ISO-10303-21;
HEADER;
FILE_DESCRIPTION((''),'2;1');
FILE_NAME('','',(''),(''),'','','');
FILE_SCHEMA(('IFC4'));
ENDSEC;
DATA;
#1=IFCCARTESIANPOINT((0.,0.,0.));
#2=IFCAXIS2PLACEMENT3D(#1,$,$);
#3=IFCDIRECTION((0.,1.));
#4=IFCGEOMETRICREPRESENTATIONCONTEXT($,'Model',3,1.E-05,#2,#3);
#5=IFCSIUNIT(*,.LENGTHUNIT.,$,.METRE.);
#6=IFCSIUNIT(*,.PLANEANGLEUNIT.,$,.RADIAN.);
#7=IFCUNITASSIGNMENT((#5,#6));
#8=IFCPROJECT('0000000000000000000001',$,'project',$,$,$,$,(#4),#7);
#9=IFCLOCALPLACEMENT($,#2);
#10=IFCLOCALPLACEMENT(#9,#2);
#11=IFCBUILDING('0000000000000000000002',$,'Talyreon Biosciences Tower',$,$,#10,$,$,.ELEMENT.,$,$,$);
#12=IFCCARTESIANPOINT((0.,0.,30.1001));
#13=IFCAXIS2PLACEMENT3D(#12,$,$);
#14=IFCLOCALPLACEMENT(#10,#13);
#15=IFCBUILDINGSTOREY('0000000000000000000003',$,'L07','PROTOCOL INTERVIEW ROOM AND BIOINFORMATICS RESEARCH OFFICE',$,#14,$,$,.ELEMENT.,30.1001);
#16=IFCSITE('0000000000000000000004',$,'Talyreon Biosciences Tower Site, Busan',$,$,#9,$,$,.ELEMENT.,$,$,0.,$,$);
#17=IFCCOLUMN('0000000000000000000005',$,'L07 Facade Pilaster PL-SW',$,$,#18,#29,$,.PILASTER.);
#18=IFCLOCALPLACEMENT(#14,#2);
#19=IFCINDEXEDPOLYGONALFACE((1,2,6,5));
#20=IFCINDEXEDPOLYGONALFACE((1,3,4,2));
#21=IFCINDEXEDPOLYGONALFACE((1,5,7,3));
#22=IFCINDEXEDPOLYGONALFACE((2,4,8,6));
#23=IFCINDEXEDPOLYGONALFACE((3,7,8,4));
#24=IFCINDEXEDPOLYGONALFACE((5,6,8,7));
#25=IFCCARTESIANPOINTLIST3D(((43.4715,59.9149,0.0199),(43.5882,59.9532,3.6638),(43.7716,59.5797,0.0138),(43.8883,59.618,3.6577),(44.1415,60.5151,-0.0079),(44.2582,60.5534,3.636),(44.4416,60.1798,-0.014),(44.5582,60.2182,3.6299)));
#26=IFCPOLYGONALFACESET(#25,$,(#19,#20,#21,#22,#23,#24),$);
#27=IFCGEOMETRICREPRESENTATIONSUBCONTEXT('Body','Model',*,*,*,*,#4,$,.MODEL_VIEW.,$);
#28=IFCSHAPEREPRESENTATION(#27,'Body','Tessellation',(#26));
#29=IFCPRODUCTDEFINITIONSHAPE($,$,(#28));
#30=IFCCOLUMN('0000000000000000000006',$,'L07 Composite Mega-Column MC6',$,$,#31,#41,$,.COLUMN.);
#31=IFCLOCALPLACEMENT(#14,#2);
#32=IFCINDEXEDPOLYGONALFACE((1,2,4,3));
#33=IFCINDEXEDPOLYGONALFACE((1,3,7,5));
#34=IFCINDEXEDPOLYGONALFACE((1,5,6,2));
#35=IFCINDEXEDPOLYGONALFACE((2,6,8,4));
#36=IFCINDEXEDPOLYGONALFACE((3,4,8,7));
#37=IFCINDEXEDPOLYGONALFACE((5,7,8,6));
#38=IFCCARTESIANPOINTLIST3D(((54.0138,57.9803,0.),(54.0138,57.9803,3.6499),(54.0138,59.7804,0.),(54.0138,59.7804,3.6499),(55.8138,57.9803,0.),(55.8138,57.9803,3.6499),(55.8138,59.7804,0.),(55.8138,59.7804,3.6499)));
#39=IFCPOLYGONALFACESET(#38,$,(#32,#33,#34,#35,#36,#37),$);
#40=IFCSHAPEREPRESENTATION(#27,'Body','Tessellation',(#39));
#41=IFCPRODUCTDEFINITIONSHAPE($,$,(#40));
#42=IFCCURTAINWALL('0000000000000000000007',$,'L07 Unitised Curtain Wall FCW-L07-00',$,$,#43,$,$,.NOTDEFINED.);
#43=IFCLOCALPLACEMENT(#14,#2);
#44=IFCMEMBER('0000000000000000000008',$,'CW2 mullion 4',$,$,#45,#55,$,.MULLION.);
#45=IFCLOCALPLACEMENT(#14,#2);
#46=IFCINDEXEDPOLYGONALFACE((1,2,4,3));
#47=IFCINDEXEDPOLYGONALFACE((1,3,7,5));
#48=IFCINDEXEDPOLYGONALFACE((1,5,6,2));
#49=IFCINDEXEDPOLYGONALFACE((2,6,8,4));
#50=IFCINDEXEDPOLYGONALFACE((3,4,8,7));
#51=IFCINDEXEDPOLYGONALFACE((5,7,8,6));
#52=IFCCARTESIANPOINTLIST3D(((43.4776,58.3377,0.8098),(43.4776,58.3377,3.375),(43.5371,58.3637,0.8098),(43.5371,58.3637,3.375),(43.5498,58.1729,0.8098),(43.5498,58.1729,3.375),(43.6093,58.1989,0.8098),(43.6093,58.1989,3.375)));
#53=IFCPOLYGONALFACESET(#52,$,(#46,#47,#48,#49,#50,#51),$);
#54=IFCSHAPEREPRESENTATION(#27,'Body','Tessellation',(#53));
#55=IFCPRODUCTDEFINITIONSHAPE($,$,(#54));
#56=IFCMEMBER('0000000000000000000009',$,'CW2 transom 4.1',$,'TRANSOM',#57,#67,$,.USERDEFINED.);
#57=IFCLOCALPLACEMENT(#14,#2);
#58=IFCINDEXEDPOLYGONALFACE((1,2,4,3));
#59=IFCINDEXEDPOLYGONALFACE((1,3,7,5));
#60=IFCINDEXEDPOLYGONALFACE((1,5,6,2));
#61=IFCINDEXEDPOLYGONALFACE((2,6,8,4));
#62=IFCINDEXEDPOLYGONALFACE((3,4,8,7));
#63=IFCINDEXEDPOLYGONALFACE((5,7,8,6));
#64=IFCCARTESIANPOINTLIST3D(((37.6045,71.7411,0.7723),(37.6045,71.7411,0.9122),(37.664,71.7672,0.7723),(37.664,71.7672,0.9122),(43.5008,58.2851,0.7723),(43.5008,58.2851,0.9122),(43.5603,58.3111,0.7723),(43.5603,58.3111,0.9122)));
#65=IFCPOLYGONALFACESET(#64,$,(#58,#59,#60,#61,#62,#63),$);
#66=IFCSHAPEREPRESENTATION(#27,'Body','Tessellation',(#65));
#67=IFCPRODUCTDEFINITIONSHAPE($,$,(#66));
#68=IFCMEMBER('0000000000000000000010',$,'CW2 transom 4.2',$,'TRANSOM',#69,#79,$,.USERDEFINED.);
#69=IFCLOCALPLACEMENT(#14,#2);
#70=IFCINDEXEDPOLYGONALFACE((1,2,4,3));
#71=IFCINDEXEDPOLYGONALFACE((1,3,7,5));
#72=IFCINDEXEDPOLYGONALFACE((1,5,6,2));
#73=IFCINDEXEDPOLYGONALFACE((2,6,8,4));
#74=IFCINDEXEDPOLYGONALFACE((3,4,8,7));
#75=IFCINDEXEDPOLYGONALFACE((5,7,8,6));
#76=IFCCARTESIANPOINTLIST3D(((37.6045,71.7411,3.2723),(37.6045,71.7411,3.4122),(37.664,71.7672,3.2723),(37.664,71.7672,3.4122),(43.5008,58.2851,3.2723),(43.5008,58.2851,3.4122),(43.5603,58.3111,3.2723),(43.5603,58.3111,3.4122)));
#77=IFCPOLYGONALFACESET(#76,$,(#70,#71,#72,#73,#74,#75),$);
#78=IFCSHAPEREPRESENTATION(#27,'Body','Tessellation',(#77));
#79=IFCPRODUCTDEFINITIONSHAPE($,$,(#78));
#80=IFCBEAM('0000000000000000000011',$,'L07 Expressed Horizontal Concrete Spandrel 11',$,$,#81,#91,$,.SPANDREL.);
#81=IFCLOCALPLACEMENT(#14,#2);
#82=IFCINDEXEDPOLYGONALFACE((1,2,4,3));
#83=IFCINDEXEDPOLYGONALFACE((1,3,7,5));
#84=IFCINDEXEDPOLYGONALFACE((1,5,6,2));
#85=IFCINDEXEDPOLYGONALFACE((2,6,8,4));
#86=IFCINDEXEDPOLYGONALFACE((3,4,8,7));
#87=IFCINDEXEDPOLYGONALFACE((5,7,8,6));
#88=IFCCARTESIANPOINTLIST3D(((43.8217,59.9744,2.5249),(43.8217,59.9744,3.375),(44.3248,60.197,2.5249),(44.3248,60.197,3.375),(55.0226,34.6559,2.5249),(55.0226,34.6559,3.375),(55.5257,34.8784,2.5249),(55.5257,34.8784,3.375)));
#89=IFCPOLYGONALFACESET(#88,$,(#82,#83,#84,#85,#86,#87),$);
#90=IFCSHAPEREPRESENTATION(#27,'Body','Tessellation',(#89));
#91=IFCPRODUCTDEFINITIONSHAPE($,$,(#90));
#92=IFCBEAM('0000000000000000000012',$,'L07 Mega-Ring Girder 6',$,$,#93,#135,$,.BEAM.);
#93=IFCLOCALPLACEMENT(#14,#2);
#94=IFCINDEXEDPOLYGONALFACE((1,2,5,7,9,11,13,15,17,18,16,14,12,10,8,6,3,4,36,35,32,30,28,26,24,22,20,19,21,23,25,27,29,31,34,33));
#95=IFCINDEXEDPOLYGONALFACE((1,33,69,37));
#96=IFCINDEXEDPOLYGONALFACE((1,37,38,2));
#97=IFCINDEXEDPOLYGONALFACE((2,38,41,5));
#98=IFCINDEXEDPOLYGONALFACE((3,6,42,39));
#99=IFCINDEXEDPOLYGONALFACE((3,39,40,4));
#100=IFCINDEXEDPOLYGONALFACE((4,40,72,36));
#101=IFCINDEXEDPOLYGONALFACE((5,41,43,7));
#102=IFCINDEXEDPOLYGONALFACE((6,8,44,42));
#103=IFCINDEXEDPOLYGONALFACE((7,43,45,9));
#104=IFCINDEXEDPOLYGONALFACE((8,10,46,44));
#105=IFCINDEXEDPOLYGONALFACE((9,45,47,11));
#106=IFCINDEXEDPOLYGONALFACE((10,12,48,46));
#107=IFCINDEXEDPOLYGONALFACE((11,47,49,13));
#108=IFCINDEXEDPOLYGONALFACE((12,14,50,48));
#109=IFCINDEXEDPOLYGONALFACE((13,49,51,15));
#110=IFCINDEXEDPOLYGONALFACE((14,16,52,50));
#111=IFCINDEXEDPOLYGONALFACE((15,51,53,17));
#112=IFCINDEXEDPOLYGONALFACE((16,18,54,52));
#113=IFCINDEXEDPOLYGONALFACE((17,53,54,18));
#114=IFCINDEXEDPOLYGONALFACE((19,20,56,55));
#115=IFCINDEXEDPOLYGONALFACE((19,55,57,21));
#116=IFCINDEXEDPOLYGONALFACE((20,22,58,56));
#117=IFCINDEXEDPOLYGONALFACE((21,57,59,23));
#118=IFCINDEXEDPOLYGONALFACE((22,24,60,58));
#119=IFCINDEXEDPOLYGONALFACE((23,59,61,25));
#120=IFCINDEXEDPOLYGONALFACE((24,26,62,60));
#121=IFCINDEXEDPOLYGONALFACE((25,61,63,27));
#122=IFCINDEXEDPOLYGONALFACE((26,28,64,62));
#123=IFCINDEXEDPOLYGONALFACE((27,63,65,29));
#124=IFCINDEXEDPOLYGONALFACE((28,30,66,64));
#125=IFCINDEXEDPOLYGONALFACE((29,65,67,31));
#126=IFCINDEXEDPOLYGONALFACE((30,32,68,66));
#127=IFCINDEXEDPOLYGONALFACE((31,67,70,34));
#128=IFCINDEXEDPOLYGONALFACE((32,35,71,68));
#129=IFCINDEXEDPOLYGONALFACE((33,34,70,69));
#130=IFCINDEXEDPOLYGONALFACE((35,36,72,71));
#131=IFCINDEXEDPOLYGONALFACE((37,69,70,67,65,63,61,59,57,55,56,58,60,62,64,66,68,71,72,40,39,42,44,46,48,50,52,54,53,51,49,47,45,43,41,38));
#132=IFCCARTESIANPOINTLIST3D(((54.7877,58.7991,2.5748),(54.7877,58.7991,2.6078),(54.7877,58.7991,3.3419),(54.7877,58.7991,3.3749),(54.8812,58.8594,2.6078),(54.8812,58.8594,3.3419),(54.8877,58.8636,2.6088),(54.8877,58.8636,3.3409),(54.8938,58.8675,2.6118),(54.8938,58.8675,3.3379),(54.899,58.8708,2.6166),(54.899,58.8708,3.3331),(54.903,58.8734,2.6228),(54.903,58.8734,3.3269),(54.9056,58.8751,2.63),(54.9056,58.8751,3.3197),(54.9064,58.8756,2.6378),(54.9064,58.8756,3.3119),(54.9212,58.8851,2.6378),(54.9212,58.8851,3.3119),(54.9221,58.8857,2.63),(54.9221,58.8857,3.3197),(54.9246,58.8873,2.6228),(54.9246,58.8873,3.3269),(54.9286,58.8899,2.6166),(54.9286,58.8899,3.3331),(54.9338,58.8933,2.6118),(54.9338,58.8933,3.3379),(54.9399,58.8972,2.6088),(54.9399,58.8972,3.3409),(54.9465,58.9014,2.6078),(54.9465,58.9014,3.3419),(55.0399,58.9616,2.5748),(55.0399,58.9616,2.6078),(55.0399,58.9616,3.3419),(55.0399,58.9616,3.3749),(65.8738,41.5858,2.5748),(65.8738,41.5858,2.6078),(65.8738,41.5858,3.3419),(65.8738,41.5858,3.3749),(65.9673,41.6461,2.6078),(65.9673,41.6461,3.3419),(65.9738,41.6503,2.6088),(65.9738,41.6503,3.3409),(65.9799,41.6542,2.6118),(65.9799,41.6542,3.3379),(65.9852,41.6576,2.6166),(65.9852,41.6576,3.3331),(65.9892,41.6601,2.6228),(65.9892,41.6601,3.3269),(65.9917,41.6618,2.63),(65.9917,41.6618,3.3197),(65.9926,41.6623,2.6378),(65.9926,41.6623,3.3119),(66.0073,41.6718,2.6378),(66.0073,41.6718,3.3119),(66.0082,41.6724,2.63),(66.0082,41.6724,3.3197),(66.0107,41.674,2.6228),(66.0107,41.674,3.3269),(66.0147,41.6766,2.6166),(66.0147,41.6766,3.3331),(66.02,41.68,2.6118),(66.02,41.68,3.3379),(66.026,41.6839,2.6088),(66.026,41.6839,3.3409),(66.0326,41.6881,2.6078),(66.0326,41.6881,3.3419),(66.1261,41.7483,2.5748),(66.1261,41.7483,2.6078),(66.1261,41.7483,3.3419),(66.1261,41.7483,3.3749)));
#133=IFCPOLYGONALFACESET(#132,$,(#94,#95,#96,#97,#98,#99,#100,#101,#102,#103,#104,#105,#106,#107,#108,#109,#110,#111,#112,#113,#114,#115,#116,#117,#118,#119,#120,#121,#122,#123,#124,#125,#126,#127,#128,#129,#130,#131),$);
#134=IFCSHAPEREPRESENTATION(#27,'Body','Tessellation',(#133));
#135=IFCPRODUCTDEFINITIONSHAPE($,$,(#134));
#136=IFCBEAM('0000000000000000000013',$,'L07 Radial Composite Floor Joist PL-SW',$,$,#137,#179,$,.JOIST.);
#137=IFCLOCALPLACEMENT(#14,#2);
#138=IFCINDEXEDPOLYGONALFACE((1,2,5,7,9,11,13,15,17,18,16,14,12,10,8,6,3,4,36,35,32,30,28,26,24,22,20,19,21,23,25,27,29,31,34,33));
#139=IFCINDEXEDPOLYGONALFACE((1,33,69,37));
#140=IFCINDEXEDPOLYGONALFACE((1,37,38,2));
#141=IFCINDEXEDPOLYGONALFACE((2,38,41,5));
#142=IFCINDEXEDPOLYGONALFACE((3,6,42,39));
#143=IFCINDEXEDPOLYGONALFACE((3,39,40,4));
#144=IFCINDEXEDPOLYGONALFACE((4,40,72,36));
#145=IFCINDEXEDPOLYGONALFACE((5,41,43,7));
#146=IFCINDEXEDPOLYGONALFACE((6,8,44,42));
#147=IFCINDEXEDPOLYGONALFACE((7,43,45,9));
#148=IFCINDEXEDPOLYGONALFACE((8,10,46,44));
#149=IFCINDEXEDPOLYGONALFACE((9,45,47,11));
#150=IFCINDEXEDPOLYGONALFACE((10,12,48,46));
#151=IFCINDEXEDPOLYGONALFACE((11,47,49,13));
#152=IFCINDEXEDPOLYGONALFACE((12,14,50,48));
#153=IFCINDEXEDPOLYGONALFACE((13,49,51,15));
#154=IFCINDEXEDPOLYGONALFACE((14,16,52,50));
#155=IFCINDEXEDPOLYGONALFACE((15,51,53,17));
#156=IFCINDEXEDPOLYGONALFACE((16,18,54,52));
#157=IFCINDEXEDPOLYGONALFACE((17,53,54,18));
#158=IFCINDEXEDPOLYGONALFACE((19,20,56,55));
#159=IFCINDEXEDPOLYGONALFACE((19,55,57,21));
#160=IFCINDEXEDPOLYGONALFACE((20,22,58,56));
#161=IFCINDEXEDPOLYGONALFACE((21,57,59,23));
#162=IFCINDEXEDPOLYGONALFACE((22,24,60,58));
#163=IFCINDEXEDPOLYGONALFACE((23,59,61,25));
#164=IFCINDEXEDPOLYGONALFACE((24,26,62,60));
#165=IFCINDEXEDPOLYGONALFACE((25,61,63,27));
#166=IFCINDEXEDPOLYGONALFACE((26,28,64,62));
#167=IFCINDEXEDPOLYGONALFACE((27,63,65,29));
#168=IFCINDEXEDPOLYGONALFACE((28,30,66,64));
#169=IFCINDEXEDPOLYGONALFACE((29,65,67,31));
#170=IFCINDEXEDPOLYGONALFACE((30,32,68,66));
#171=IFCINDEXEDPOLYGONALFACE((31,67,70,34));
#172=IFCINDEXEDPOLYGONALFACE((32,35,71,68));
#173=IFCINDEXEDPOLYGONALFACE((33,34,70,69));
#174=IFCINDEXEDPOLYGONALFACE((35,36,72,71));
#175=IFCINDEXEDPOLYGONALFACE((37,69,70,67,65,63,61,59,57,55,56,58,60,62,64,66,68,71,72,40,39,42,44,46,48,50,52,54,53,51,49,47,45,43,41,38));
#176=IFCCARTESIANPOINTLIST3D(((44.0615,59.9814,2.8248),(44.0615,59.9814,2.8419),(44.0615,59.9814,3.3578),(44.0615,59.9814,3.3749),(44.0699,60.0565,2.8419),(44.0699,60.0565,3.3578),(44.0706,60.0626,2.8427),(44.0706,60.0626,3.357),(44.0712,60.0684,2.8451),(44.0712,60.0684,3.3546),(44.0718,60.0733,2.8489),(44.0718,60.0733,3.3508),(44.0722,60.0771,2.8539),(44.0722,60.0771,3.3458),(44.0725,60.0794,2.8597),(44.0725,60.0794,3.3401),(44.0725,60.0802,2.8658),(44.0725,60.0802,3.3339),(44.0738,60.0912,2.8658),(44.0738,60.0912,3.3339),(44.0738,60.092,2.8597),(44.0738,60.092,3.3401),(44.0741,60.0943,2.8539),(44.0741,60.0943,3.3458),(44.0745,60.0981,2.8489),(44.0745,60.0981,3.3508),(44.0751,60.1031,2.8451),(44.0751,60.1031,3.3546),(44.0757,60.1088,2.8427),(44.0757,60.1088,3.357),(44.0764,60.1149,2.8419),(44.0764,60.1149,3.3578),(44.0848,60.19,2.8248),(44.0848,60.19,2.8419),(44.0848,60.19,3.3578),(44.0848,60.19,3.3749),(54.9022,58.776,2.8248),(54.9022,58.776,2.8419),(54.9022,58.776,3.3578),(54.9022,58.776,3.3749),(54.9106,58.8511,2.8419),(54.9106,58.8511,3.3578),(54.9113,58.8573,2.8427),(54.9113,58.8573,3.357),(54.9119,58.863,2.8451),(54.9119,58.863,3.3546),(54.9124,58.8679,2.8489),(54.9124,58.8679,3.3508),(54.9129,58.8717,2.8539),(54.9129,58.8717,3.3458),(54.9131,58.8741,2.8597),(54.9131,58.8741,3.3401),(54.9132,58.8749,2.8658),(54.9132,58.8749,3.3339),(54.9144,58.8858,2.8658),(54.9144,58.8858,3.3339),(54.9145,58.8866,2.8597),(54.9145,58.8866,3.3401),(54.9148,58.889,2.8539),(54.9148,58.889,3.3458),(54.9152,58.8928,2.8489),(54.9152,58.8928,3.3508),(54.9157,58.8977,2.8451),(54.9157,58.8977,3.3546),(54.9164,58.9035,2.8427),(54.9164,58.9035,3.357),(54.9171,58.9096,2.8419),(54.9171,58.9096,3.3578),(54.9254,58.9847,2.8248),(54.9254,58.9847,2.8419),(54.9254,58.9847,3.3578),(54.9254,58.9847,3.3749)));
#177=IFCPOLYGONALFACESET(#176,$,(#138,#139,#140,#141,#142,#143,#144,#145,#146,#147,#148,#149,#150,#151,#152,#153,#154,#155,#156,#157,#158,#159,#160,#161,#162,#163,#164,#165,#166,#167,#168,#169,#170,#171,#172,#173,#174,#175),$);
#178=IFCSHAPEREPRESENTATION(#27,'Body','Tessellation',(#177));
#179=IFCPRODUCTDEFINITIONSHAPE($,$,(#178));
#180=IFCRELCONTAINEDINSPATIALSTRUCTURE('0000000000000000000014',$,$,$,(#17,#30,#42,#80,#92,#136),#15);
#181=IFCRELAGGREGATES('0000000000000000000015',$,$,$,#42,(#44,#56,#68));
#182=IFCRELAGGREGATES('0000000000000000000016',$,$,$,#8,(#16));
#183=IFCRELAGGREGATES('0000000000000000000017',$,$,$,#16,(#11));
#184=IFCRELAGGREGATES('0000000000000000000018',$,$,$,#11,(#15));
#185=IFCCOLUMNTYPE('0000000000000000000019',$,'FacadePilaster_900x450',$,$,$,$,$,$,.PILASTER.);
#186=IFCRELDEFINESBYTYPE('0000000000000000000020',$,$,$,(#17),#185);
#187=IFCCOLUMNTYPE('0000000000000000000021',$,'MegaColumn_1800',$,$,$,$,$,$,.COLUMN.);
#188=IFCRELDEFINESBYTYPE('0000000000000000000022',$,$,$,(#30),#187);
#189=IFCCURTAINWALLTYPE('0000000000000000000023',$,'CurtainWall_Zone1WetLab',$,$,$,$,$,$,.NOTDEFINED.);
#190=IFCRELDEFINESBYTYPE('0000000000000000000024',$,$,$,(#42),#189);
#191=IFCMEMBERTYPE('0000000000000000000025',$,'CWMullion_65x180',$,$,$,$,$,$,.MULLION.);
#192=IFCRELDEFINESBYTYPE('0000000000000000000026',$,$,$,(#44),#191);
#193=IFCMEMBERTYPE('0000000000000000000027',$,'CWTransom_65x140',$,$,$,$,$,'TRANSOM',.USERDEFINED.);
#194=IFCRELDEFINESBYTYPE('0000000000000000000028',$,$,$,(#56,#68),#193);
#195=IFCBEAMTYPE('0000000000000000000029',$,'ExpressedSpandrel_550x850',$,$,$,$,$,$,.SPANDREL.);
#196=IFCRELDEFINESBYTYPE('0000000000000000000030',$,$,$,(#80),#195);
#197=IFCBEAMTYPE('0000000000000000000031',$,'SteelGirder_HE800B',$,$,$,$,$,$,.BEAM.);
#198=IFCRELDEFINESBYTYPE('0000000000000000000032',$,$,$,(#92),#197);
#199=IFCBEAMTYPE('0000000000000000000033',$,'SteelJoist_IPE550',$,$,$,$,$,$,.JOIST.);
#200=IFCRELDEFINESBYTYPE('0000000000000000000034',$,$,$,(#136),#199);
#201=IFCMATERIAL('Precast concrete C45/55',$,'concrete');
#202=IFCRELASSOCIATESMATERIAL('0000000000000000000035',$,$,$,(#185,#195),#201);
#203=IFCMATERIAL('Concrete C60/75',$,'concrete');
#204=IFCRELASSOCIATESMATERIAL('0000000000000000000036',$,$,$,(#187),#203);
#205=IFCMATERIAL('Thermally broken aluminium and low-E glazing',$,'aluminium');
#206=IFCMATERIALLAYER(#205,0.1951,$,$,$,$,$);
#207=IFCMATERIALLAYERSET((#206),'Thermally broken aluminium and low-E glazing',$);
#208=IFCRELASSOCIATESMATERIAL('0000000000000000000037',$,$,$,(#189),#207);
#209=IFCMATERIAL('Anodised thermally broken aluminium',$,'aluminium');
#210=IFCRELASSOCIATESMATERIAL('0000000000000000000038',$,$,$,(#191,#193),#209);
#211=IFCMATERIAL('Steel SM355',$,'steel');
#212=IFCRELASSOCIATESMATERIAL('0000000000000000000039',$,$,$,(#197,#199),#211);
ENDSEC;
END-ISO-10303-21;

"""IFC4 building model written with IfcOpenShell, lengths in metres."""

from ifc_helpers import new_model, si_unit, direction, frame, origin, origin_2d, place, context, subcontext, project, spatial, rectangle, i_section, extrude, material, layer, layer_set, material_profile, profile_set, type_object, element, aggregate, save


model = new_model("IFC4")

# Units and contexts
model_context = context("Model", 3, precision=1e-05, world=origin(), true_north=direction((0.0, 1.0)))
body_context = subcontext(model_context, "Body", "Model", "MODEL_VIEW")
ifc_project = project(units=[si_unit("LENGTHUNIT", "METRE"), si_unit("PLANEANGLEUNIT", "RADIAN")], contexts=[model_context])

# Site, building, storey
site_placement = place(None, origin())
site = spatial("IfcSite", under=ifc_project, at=site_placement, Name="Talyreon Biosciences Tower Site, Busan", CompositionType="ELEMENT", RefElevation=0.0)
building_placement = place(site_placement, origin())
building = spatial("IfcBuilding", under=site, at=building_placement, Name="Talyreon Biosciences Tower", CompositionType="ELEMENT")
storey_placement = place(building_placement, frame((0.0, 0.0, 30.1001)))
storey = spatial("IfcBuildingStorey", under=building, at=storey_placement, Name="L07", Description="PROTOCOL INTERVIEW ROOM AND BIOINFORMATICS RESEARCH OFFICE", CompositionType="ELEMENT", Elevation=30.1001)

# Columns
ifc_material_1 = material(Name="Precast concrete C45/55", Category="concrete")
ifc_material_profile_1 = material_profile(ifc_material_1, rectangle(XDim=0.8999, YDim=0.45, at=origin_2d()), Name="RC 900x450")
ifc_profile_set_1 = profile_set([ifc_material_profile_1], Name="Precast concrete C45/55")
column_type_1 = type_object("IfcColumnType", Name="FacadePilaster_900x450", PredefinedType="PILASTER", material=ifc_profile_set_1)
column_1_placement = place(storey_placement, frame((43.9565, 60.0474, 0.0029), z_axis=(0.032006, 0.010513, 0.999432), x_axis=(0.744483, 0.666928, -0.030857)))
element("IfcColumn", 1, at=column_1_placement, inside=storey, type_object=column_type_1, Name="L07 Facade Pilaster PL-SW", PredefinedType="PILASTER", context=body_context, shape_type="SweptSolid", body=[
    extrude(rectangle(XDim=0.8999, YDim=0.45, at=origin_2d()), origin(), (0.0, 0.0, 1.0), 3.646),
])
ifc_material_2 = material(Name="Concrete C60/75", Category="concrete")
ifc_material_profile_2 = material_profile(ifc_material_2, rectangle(XDim=1.8, YDim=1.8, at=origin_2d()), Name="RC 1800x1800")
ifc_profile_set_2 = profile_set([ifc_material_profile_2], Name="Concrete C60/75")
column_type_2 = type_object("IfcColumnType", Name="MegaColumn_1800", PredefinedType="COLUMN", material=ifc_profile_set_2)
column_2_placement = place(storey_placement, frame((54.9138, 58.8804, 0.0), z_axis=(0.0, 0.0, 1.0), x_axis=(1.0, 0.0, 0.0)))
element("IfcColumn", 2, at=column_2_placement, inside=storey, type_object=column_type_2, Name="L07 Composite Mega-Column MC6", PredefinedType="COLUMN", context=body_context, shape_type="SweptSolid", body=[
    extrude(rectangle(XDim=1.8, YDim=1.8, at=origin_2d()), origin(), (0.0, 0.0, 1.0), 3.6499),
])

# Curtain wall, members
ifc_material_3 = material(Name="Thermally broken aluminium and low-E glazing", Category="aluminium")
ifc_layer_1 = layer(ifc_material_3, 0.1951)
ifc_layer_set_1 = layer_set([ifc_layer_1], Name="Thermally broken aluminium and low-E glazing")
curtain_wall_type = type_object("IfcCurtainWallType", Name="CurtainWall_Zone1WetLab", PredefinedType="NOTDEFINED", material=ifc_layer_set_1)
curtain_wall_placement = place(storey_placement, origin())
curtain_wall = element("IfcCurtainWall", 3, at=curtain_wall_placement, inside=storey, type_object=curtain_wall_type, Name="L07 Unitised Curtain Wall FCW-L07-00", PredefinedType="NOTDEFINED")
ifc_material_4 = material(Name="Anodised thermally broken aluminium", Category="aluminium")
ifc_material_profile_3 = material_profile(ifc_material_4, rectangle(XDim=0.0649, YDim=0.1799, at=origin_2d()), Name="ALUM MULLION 65x180")
ifc_profile_set_3 = profile_set([ifc_material_profile_3], Name="Anodised thermally broken aluminium")
member_type_1 = type_object("IfcMemberType", Name="CWMullion_65x180", PredefinedType="MULLION", material=ifc_profile_set_3)
member_1_placement = place(storey_placement, frame((43.5435, 58.2683, 0.8098), z_axis=(0.0, 0.0, 1.0), x_axis=(-0.915927, -0.401345, 0.0)))
member_1 = element("IfcMember", 4, at=member_1_placement, type_object=member_type_1, Name="CW2 mullion 4", PredefinedType="MULLION", context=body_context, shape_type="SweptSolid", body=[
    extrude(rectangle(XDim=0.0649, YDim=0.1799, at=origin_2d()), origin(), (0.0, 0.0, 1.0), 2.5652),
])
ifc_material_profile_4 = material_profile(ifc_material_4, rectangle(XDim=0.0649, YDim=0.1399, at=origin_2d()), Name="ALUM TRANSOM 65x140")
ifc_profile_set_4 = profile_set([ifc_material_profile_4], Name="Anodised thermally broken aluminium")
member_type_2 = type_object("IfcMemberType", Name="CWTransom_65x140", ElementType="TRANSOM", PredefinedType="USERDEFINED", material=ifc_profile_set_4)
member_2_placement = place(storey_placement, frame((43.5305, 58.2981, 0.8423), z_axis=(-0.401345, 0.915927, 0.0), x_axis=(-0.915927, -0.401345, 0.0)))
member_2 = element("IfcMember", 5, at=member_2_placement, type_object=member_type_2, Name="CW2 transom 4.1", ObjectType="TRANSOM", PredefinedType="USERDEFINED", context=body_context, shape_type="SweptSolid", body=[
    extrude(rectangle(XDim=0.0649, YDim=0.1399, at=origin_2d()), origin(), (0.0, 0.0, 1.0), 14.6912),
])
member_3_placement = place(storey_placement, frame((43.5305, 58.2981, 3.3423), z_axis=(-0.401345, 0.915927, 0.0), x_axis=(-0.915927, -0.401345, 0.0)))
member_3 = element("IfcMember", 6, at=member_3_placement, type_object=member_type_2, Name="CW2 transom 4.2", ObjectType="TRANSOM", PredefinedType="USERDEFINED", context=body_context, shape_type="SweptSolid", body=[
    extrude(rectangle(XDim=0.0649, YDim=0.1399, at=origin_2d()), origin(), (0.0, 0.0, 1.0), 14.6912),
])

# Beams
ifc_material_profile_5 = material_profile(ifc_material_1, rectangle(XDim=0.55, YDim=0.8501, at=origin_2d()), Name="RCB 550x850")
ifc_profile_set_5 = profile_set([ifc_material_profile_5], Name="Precast concrete C45/55")
beam_type_1 = type_object("IfcBeamType", Name="ExpressedSpandrel_550x850", PredefinedType="SPANDREL", material=ifc_profile_set_5)
beam_1_placement = place(storey_placement, frame((44.0732, 60.0857, 2.95), z_axis=(0.404576, -0.914504, 0.0), x_axis=(0.914504, 0.404576, 0.0)))
element("IfcBeam", 7, at=beam_1_placement, inside=storey, type_object=beam_type_1, Name="L07 Expressed Horizontal Concrete Spandrel 11", PredefinedType="SPANDREL", context=body_context, shape_type="SweptSolid", body=[
    extrude(rectangle(XDim=0.55, YDim=0.8501, at=origin_2d()), origin(), (0.0, 0.0, 1.0), 27.6855),
])
ifc_material_5 = material(Name="Steel SM355", Category="steel")
ifc_material_profile_6 = material_profile(ifc_material_5, i_section(OverallWidth=0.3, OverallDepth=0.8, WebThickness=0.0176, FlangeThickness=0.033, FilletRadius=0.03, at=origin_2d()), Name="HE800B")
ifc_profile_set_6 = profile_set([ifc_material_profile_6], Name="Steel SM355")
beam_type_2 = type_object("IfcBeamType", Name="SteelGirder_HE800B", PredefinedType="BEAM", material=ifc_profile_set_6)
beam_2_placement = place(storey_placement, frame((54.9138, 58.8804, 2.9749), z_axis=(0.541464, -0.840724, 0.0), x_axis=(0.840724, 0.541464, 0.0)))
element("IfcBeam", 8, at=beam_2_placement, inside=storey, type_object=beam_type_2, Name="L07 Mega-Ring Girder 6", PredefinedType="BEAM", context=body_context, shape_type="SweptSolid", body=[
    extrude(i_section(OverallWidth=0.3, OverallDepth=0.8, WebThickness=0.0176, FlangeThickness=0.033, FilletRadius=0.03, at=origin_2d()), origin(), (0.0, 0.0, 1.0), 20.4744),
])
ifc_material_profile_7 = material_profile(ifc_material_5, i_section(OverallWidth=0.21, OverallDepth=0.55, WebThickness=0.011, FlangeThickness=0.0171, FilletRadius=0.0239, at=origin_2d()), Name="IPE550")
ifc_profile_set_7 = profile_set([ifc_material_profile_7], Name="Steel SM355")
beam_type_3 = type_object("IfcBeamType", Name="SteelJoist_IPE550", PredefinedType="JOIST", material=ifc_profile_set_7)
beam_3_placement = place(storey_placement, frame((54.9138, 58.8804, 3.0999), z_axis=(-0.993876, 0.110505, 0.0), x_axis=(-0.110505, -0.993876, 0.0)))
element("IfcBeam", 9, at=beam_3_placement, inside=storey, type_object=beam_type_3, Name="L07 Radial Composite Floor Joist PL-SW", PredefinedType="JOIST", context=body_context, shape_type="SweptSolid", body=[
    extrude(i_section(OverallWidth=0.21, OverallDepth=0.55, WebThickness=0.011, FlangeThickness=0.0171, FilletRadius=0.0239, at=origin_2d()), origin(), (0.0, 0.0, 1.0), 10.9075),
])

aggregate(curtain_wall, [member_1, member_2, member_3])

save(model, "model.ifc")
